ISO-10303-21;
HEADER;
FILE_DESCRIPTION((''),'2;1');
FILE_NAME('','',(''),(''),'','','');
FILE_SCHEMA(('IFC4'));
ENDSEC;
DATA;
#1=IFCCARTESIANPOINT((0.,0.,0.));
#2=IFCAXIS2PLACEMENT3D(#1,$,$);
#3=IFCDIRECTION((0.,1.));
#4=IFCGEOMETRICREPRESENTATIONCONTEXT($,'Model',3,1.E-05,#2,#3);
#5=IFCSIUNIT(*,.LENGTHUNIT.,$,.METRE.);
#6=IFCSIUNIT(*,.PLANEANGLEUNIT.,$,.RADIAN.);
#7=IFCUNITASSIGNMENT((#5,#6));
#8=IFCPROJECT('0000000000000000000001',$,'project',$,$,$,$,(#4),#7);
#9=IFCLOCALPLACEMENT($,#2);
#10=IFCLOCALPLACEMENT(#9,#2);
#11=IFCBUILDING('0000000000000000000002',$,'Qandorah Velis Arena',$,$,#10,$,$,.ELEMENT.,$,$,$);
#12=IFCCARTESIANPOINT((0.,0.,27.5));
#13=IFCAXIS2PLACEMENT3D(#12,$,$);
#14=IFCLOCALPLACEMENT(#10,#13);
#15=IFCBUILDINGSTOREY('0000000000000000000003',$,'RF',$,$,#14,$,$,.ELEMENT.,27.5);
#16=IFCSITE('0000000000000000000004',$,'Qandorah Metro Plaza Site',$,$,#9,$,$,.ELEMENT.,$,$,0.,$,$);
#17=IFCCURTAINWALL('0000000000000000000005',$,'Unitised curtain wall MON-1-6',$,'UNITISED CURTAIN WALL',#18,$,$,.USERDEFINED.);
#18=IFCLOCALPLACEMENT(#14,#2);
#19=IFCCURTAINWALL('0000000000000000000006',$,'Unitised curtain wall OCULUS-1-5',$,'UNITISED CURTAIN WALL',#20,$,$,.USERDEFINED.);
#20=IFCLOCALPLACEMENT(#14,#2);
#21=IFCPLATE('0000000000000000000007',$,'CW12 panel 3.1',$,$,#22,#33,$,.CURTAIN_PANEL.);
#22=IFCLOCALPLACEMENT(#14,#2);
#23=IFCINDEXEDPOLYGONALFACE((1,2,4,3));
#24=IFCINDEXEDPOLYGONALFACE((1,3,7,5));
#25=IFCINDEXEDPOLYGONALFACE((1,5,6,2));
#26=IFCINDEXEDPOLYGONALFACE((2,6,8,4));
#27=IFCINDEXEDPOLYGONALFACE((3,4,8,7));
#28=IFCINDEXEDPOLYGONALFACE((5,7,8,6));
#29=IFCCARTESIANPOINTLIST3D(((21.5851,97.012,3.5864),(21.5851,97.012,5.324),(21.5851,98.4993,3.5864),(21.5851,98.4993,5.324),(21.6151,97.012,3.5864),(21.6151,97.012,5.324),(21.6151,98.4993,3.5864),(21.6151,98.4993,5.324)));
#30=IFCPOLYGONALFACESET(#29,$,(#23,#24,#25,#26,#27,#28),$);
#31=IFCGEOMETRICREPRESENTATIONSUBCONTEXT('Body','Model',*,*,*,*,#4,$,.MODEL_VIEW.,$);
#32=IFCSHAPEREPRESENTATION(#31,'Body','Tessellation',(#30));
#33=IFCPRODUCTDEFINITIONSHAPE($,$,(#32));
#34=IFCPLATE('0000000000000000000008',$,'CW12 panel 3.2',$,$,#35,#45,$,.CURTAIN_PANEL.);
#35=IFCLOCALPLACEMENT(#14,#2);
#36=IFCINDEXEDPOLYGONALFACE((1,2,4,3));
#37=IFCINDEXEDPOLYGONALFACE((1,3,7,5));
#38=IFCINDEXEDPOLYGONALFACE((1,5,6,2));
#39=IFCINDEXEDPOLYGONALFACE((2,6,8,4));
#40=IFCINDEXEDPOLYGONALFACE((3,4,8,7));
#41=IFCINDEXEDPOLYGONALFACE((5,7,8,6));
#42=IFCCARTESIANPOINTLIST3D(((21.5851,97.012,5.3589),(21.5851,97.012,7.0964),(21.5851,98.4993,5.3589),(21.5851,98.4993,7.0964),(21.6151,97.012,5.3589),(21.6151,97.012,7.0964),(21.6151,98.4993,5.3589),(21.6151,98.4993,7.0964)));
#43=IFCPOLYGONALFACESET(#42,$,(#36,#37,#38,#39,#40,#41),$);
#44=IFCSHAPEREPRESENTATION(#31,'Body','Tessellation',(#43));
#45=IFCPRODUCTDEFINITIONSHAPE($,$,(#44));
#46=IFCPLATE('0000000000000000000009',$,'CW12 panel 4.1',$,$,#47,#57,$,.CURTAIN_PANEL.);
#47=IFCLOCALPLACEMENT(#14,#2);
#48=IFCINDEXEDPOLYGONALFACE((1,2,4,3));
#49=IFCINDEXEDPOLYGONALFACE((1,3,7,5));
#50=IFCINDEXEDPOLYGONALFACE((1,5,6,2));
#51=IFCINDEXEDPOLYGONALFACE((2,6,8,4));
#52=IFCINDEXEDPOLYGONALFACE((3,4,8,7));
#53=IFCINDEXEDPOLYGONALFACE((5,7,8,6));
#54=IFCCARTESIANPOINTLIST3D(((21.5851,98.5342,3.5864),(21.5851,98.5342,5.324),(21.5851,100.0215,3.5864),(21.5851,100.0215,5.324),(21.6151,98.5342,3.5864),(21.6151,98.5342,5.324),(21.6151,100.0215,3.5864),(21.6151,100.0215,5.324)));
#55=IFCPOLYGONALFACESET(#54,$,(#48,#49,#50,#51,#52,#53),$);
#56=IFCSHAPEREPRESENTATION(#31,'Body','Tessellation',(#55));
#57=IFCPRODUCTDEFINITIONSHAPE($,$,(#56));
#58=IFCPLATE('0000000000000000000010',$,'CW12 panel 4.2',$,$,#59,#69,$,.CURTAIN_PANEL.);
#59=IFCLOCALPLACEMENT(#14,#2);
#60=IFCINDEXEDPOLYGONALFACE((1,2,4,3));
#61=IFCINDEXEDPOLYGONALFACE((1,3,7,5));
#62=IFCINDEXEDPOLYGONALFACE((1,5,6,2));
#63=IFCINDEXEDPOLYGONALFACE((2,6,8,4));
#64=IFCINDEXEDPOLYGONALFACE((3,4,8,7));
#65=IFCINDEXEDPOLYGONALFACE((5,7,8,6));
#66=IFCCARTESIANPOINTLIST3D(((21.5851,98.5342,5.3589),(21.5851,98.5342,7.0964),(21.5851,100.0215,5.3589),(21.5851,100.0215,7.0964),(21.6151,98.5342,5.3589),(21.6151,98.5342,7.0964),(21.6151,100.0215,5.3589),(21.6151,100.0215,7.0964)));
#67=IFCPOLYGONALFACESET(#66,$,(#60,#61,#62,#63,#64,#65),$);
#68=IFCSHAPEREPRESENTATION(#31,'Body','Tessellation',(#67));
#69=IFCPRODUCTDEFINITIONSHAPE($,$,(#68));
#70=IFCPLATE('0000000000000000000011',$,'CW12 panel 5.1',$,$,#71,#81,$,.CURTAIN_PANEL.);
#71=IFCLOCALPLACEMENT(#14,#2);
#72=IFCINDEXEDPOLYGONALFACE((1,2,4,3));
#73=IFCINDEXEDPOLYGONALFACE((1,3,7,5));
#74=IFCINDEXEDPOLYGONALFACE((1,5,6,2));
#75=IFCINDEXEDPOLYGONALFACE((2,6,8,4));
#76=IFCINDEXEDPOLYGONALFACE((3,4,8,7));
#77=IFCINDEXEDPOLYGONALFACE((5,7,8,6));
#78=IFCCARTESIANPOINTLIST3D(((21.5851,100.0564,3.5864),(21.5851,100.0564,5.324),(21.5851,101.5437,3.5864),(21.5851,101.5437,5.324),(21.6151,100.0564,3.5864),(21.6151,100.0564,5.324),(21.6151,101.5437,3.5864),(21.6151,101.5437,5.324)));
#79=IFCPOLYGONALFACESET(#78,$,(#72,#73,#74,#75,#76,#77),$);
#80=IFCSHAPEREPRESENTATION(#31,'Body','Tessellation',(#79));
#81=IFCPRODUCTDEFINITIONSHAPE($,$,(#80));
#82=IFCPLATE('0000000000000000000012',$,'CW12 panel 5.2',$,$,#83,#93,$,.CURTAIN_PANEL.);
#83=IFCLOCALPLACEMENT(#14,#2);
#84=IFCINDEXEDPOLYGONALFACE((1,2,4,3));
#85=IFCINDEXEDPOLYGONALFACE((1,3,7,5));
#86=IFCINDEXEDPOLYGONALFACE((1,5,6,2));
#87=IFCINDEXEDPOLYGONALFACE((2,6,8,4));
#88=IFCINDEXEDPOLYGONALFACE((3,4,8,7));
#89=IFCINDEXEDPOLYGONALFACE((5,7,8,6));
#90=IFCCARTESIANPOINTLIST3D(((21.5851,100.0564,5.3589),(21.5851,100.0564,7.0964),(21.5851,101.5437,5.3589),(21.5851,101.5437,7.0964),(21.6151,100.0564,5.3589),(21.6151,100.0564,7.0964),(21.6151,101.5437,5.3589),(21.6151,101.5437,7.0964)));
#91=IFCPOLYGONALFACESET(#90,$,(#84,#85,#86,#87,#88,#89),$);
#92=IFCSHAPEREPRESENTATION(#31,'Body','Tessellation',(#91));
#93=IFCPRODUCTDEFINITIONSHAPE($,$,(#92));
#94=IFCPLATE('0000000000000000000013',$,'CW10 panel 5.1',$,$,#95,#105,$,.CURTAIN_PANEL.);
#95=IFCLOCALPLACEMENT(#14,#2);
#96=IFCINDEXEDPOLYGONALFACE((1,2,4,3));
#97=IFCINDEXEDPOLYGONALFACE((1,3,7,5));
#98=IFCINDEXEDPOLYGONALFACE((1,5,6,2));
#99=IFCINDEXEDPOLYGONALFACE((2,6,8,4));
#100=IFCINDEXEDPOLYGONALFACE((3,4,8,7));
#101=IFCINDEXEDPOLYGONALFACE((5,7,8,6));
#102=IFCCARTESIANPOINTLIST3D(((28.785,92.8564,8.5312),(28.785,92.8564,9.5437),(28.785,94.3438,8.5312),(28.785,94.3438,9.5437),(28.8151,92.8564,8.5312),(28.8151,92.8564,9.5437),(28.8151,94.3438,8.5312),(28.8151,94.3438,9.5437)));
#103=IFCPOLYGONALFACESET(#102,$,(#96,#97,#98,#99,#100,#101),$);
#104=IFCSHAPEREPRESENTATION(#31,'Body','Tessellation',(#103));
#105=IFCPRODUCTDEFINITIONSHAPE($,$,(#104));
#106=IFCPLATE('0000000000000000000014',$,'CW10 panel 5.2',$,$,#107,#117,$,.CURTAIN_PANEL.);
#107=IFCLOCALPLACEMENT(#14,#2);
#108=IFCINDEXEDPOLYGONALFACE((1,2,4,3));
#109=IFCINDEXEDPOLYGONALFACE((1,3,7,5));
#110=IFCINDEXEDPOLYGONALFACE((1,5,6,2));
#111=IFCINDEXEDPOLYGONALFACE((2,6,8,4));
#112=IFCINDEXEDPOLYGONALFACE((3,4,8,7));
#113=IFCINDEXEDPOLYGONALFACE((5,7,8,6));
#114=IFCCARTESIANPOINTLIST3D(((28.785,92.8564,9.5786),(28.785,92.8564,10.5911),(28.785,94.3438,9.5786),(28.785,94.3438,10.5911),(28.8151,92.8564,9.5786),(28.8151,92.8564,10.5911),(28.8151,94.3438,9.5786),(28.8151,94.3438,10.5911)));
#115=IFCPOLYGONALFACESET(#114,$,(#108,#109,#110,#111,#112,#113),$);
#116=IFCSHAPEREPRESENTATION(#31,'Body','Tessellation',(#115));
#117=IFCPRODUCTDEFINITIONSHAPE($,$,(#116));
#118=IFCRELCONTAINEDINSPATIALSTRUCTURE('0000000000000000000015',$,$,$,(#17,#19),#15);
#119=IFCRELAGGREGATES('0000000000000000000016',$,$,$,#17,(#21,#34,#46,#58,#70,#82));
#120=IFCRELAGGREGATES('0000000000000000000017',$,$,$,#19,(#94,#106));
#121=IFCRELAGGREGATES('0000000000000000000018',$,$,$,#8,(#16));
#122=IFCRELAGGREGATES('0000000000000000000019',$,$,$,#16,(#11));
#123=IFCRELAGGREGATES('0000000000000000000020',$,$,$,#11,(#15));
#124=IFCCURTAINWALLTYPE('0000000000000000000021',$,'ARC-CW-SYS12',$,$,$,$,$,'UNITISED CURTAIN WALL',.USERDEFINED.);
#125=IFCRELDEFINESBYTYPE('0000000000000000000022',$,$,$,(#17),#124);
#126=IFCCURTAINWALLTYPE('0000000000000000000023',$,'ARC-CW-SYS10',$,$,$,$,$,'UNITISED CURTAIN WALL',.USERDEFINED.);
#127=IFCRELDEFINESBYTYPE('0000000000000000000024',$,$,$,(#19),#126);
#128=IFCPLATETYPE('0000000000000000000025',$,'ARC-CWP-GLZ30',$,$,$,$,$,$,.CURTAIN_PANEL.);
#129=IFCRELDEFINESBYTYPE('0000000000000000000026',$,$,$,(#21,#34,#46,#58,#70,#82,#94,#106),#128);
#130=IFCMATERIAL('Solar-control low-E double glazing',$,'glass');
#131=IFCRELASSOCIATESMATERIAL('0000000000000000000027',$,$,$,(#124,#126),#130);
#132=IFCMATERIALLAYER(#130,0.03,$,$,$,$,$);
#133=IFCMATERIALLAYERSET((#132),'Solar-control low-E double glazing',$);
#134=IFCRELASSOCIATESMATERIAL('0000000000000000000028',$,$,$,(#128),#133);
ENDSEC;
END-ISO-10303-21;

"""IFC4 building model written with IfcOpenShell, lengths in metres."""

from ifc_helpers import new_model, si_unit, direction, frame, origin, origin_2d, place, context, subcontext, project, spatial, rectangle, extrude, material, layer, layer_set, type_object, element, aggregate, save


model = new_model("IFC4")

# Units and contexts
model_context = context("Model", 3, precision=1e-05, world=origin(), true_north=direction((0.0, 1.0)))
body_context = subcontext(model_context, "Body", "Model", "MODEL_VIEW")
ifc_project = project(units=[si_unit("LENGTHUNIT", "METRE"), si_unit("PLANEANGLEUNIT", "RADIAN")], contexts=[model_context])

# Site, building, storey
site_placement = place(None, origin())
site = spatial("IfcSite", under=ifc_project, at=site_placement, Name="Qandorah Metro Plaza Site", CompositionType="ELEMENT", RefElevation=0.0)
building_placement = place(site_placement, origin())
building = spatial("IfcBuilding", under=site, at=building_placement, Name="Qandorah Velis Arena", CompositionType="ELEMENT")
storey_placement = place(building_placement, frame((0.0, 0.0, 27.5)))
storey = spatial("IfcBuildingStorey", under=building, at=storey_placement, Name="RF", CompositionType="ELEMENT", Elevation=27.5)

# Shared definitions
ifc_material_1 = material(Name="Solar-control low-E double glazing", Category="glass")

# Curtain wall
curtain_wall_type_1 = type_object("IfcCurtainWallType", Name="ARC-CW-SYS12", ElementType="UNITISED CURTAIN WALL", PredefinedType="USERDEFINED", material=ifc_material_1)
curtain_wall_1_placement = place(storey_placement, origin())
curtain_wall_1 = element("IfcCurtainWall", 1, at=curtain_wall_1_placement, inside=storey, type_object=curtain_wall_type_1, Name="Unitised curtain wall MON-1-6", ObjectType="UNITISED CURTAIN WALL", PredefinedType="USERDEFINED")

# Curtain wall
curtain_wall_type_2 = type_object("IfcCurtainWallType", Name="ARC-CW-SYS10", ElementType="UNITISED CURTAIN WALL", PredefinedType="USERDEFINED", material=ifc_material_1)
curtain_wall_2_placement = place(storey_placement, origin())
curtain_wall_2 = element("IfcCurtainWall", 2, at=curtain_wall_2_placement, inside=storey, type_object=curtain_wall_type_2, Name="Unitised curtain wall OCULUS-1-5", ObjectType="UNITISED CURTAIN WALL", PredefinedType="USERDEFINED")

# Plates
ifc_layer = layer(ifc_material_1, 0.03)
ifc_layer_set = layer_set([ifc_layer], Name="Solar-control low-E double glazing")
plate_type = type_object("IfcPlateType", Name="ARC-CWP-GLZ30", PredefinedType="CURTAIN_PANEL", material=ifc_layer_set)
plate_1_placement = place(storey_placement, frame((21.6001, 97.7556, 3.5864), z_axis=(0.0, 0.0, 1.0), x_axis=(0.0, 1.0, 0.0)))
plate_1 = element("IfcPlate", 3, at=plate_1_placement, type_object=plate_type, Name="CW12 panel 3.1", PredefinedType="CURTAIN_PANEL", context=body_context, shape_type="SweptSolid", body=[
    extrude(rectangle(XDim=1.4873, YDim=0.03, at=origin_2d()), origin(), (0.0, 0.0, 1.0), 1.7375),
])
plate_2_placement = place(storey_placement, frame((21.6001, 97.7556, 5.3589), z_axis=(0.0, 0.0, 1.0), x_axis=(0.0, 1.0, 0.0)))
plate_2 = element("IfcPlate", 4, at=plate_2_placement, type_object=plate_type, Name="CW12 panel 3.2", PredefinedType="CURTAIN_PANEL", context=body_context, shape_type="SweptSolid", body=[
    extrude(rectangle(XDim=1.4873, YDim=0.03, at=origin_2d()), origin(), (0.0, 0.0, 1.0), 1.7375),
])
plate_3_placement = place(storey_placement, frame((21.6001, 99.2778, 3.5864), z_axis=(0.0, 0.0, 1.0), x_axis=(0.0, 1.0, 0.0)))
plate_3 = element("IfcPlate", 5, at=plate_3_placement, type_object=plate_type, Name="CW12 panel 4.1", PredefinedType="CURTAIN_PANEL", context=body_context, shape_type="SweptSolid", body=[
    extrude(rectangle(XDim=1.4873, YDim=0.03, at=origin_2d()), origin(), (0.0, 0.0, 1.0), 1.7375),
])
plate_4_placement = place(storey_placement, frame((21.6001, 99.2778, 5.3589), z_axis=(0.0, 0.0, 1.0), x_axis=(0.0, 1.0, 0.0)))
plate_4 = element("IfcPlate", 6, at=plate_4_placement, type_object=plate_type, Name="CW12 panel 4.2", PredefinedType="CURTAIN_PANEL", context=body_context, shape_type="SweptSolid", body=[
    extrude(rectangle(XDim=1.4873, YDim=0.03, at=origin_2d()), origin(), (0.0, 0.0, 1.0), 1.7375),
])
plate_5_placement = place(storey_placement, frame((21.6001, 100.8, 3.5864), z_axis=(0.0, 0.0, 1.0), x_axis=(0.0, 1.0, 0.0)))
plate_5 = element("IfcPlate", 7, at=plate_5_placement, type_object=plate_type, Name="CW12 panel 5.1", PredefinedType="CURTAIN_PANEL", context=body_context, shape_type="SweptSolid", body=[
    extrude(rectangle(XDim=1.4873, YDim=0.03, at=origin_2d()), origin(), (0.0, 0.0, 1.0), 1.7375),
])
plate_6_placement = place(storey_placement, frame((21.6001, 100.8, 5.3589), z_axis=(0.0, 0.0, 1.0), x_axis=(0.0, 1.0, 0.0)))
plate_6 = element("IfcPlate", 8, at=plate_6_placement, type_object=plate_type, Name="CW12 panel 5.2", PredefinedType="CURTAIN_PANEL", context=body_context, shape_type="SweptSolid", body=[
    extrude(rectangle(XDim=1.4873, YDim=0.03, at=origin_2d()), origin(), (0.0, 0.0, 1.0), 1.7375),
])
aggregate(curtain_wall_1, [plate_1, plate_2, plate_3, plate_4, plate_5, plate_6])
plate_7_placement = place(storey_placement, frame((28.8, 93.6001, 8.5312), z_axis=(0.0, 0.0, 1.0), x_axis=(0.0, 1.0, 0.0)))
plate_7 = element("IfcPlate", 9, at=plate_7_placement, type_object=plate_type, Name="CW10 panel 5.1", PredefinedType="CURTAIN_PANEL", context=body_context, shape_type="SweptSolid", body=[
    extrude(rectangle(XDim=1.4873, YDim=0.03, at=origin_2d()), origin(), (0.0, 0.0, 1.0), 1.0125),
])
plate_8_placement = place(storey_placement, frame((28.8, 93.6001, 9.5786), z_axis=(0.0, 0.0, 1.0), x_axis=(0.0, 1.0, 0.0)))
plate_8 = element("IfcPlate", 10, at=plate_8_placement, type_object=plate_type, Name="CW10 panel 5.2", PredefinedType="CURTAIN_PANEL", context=body_context, shape_type="SweptSolid", body=[
    extrude(rectangle(XDim=1.4873, YDim=0.03, at=origin_2d()), origin(), (0.0, 0.0, 1.0), 1.0125),
])
aggregate(curtain_wall_2, [plate_7, plate_8])

save(model, "model.ifc")
